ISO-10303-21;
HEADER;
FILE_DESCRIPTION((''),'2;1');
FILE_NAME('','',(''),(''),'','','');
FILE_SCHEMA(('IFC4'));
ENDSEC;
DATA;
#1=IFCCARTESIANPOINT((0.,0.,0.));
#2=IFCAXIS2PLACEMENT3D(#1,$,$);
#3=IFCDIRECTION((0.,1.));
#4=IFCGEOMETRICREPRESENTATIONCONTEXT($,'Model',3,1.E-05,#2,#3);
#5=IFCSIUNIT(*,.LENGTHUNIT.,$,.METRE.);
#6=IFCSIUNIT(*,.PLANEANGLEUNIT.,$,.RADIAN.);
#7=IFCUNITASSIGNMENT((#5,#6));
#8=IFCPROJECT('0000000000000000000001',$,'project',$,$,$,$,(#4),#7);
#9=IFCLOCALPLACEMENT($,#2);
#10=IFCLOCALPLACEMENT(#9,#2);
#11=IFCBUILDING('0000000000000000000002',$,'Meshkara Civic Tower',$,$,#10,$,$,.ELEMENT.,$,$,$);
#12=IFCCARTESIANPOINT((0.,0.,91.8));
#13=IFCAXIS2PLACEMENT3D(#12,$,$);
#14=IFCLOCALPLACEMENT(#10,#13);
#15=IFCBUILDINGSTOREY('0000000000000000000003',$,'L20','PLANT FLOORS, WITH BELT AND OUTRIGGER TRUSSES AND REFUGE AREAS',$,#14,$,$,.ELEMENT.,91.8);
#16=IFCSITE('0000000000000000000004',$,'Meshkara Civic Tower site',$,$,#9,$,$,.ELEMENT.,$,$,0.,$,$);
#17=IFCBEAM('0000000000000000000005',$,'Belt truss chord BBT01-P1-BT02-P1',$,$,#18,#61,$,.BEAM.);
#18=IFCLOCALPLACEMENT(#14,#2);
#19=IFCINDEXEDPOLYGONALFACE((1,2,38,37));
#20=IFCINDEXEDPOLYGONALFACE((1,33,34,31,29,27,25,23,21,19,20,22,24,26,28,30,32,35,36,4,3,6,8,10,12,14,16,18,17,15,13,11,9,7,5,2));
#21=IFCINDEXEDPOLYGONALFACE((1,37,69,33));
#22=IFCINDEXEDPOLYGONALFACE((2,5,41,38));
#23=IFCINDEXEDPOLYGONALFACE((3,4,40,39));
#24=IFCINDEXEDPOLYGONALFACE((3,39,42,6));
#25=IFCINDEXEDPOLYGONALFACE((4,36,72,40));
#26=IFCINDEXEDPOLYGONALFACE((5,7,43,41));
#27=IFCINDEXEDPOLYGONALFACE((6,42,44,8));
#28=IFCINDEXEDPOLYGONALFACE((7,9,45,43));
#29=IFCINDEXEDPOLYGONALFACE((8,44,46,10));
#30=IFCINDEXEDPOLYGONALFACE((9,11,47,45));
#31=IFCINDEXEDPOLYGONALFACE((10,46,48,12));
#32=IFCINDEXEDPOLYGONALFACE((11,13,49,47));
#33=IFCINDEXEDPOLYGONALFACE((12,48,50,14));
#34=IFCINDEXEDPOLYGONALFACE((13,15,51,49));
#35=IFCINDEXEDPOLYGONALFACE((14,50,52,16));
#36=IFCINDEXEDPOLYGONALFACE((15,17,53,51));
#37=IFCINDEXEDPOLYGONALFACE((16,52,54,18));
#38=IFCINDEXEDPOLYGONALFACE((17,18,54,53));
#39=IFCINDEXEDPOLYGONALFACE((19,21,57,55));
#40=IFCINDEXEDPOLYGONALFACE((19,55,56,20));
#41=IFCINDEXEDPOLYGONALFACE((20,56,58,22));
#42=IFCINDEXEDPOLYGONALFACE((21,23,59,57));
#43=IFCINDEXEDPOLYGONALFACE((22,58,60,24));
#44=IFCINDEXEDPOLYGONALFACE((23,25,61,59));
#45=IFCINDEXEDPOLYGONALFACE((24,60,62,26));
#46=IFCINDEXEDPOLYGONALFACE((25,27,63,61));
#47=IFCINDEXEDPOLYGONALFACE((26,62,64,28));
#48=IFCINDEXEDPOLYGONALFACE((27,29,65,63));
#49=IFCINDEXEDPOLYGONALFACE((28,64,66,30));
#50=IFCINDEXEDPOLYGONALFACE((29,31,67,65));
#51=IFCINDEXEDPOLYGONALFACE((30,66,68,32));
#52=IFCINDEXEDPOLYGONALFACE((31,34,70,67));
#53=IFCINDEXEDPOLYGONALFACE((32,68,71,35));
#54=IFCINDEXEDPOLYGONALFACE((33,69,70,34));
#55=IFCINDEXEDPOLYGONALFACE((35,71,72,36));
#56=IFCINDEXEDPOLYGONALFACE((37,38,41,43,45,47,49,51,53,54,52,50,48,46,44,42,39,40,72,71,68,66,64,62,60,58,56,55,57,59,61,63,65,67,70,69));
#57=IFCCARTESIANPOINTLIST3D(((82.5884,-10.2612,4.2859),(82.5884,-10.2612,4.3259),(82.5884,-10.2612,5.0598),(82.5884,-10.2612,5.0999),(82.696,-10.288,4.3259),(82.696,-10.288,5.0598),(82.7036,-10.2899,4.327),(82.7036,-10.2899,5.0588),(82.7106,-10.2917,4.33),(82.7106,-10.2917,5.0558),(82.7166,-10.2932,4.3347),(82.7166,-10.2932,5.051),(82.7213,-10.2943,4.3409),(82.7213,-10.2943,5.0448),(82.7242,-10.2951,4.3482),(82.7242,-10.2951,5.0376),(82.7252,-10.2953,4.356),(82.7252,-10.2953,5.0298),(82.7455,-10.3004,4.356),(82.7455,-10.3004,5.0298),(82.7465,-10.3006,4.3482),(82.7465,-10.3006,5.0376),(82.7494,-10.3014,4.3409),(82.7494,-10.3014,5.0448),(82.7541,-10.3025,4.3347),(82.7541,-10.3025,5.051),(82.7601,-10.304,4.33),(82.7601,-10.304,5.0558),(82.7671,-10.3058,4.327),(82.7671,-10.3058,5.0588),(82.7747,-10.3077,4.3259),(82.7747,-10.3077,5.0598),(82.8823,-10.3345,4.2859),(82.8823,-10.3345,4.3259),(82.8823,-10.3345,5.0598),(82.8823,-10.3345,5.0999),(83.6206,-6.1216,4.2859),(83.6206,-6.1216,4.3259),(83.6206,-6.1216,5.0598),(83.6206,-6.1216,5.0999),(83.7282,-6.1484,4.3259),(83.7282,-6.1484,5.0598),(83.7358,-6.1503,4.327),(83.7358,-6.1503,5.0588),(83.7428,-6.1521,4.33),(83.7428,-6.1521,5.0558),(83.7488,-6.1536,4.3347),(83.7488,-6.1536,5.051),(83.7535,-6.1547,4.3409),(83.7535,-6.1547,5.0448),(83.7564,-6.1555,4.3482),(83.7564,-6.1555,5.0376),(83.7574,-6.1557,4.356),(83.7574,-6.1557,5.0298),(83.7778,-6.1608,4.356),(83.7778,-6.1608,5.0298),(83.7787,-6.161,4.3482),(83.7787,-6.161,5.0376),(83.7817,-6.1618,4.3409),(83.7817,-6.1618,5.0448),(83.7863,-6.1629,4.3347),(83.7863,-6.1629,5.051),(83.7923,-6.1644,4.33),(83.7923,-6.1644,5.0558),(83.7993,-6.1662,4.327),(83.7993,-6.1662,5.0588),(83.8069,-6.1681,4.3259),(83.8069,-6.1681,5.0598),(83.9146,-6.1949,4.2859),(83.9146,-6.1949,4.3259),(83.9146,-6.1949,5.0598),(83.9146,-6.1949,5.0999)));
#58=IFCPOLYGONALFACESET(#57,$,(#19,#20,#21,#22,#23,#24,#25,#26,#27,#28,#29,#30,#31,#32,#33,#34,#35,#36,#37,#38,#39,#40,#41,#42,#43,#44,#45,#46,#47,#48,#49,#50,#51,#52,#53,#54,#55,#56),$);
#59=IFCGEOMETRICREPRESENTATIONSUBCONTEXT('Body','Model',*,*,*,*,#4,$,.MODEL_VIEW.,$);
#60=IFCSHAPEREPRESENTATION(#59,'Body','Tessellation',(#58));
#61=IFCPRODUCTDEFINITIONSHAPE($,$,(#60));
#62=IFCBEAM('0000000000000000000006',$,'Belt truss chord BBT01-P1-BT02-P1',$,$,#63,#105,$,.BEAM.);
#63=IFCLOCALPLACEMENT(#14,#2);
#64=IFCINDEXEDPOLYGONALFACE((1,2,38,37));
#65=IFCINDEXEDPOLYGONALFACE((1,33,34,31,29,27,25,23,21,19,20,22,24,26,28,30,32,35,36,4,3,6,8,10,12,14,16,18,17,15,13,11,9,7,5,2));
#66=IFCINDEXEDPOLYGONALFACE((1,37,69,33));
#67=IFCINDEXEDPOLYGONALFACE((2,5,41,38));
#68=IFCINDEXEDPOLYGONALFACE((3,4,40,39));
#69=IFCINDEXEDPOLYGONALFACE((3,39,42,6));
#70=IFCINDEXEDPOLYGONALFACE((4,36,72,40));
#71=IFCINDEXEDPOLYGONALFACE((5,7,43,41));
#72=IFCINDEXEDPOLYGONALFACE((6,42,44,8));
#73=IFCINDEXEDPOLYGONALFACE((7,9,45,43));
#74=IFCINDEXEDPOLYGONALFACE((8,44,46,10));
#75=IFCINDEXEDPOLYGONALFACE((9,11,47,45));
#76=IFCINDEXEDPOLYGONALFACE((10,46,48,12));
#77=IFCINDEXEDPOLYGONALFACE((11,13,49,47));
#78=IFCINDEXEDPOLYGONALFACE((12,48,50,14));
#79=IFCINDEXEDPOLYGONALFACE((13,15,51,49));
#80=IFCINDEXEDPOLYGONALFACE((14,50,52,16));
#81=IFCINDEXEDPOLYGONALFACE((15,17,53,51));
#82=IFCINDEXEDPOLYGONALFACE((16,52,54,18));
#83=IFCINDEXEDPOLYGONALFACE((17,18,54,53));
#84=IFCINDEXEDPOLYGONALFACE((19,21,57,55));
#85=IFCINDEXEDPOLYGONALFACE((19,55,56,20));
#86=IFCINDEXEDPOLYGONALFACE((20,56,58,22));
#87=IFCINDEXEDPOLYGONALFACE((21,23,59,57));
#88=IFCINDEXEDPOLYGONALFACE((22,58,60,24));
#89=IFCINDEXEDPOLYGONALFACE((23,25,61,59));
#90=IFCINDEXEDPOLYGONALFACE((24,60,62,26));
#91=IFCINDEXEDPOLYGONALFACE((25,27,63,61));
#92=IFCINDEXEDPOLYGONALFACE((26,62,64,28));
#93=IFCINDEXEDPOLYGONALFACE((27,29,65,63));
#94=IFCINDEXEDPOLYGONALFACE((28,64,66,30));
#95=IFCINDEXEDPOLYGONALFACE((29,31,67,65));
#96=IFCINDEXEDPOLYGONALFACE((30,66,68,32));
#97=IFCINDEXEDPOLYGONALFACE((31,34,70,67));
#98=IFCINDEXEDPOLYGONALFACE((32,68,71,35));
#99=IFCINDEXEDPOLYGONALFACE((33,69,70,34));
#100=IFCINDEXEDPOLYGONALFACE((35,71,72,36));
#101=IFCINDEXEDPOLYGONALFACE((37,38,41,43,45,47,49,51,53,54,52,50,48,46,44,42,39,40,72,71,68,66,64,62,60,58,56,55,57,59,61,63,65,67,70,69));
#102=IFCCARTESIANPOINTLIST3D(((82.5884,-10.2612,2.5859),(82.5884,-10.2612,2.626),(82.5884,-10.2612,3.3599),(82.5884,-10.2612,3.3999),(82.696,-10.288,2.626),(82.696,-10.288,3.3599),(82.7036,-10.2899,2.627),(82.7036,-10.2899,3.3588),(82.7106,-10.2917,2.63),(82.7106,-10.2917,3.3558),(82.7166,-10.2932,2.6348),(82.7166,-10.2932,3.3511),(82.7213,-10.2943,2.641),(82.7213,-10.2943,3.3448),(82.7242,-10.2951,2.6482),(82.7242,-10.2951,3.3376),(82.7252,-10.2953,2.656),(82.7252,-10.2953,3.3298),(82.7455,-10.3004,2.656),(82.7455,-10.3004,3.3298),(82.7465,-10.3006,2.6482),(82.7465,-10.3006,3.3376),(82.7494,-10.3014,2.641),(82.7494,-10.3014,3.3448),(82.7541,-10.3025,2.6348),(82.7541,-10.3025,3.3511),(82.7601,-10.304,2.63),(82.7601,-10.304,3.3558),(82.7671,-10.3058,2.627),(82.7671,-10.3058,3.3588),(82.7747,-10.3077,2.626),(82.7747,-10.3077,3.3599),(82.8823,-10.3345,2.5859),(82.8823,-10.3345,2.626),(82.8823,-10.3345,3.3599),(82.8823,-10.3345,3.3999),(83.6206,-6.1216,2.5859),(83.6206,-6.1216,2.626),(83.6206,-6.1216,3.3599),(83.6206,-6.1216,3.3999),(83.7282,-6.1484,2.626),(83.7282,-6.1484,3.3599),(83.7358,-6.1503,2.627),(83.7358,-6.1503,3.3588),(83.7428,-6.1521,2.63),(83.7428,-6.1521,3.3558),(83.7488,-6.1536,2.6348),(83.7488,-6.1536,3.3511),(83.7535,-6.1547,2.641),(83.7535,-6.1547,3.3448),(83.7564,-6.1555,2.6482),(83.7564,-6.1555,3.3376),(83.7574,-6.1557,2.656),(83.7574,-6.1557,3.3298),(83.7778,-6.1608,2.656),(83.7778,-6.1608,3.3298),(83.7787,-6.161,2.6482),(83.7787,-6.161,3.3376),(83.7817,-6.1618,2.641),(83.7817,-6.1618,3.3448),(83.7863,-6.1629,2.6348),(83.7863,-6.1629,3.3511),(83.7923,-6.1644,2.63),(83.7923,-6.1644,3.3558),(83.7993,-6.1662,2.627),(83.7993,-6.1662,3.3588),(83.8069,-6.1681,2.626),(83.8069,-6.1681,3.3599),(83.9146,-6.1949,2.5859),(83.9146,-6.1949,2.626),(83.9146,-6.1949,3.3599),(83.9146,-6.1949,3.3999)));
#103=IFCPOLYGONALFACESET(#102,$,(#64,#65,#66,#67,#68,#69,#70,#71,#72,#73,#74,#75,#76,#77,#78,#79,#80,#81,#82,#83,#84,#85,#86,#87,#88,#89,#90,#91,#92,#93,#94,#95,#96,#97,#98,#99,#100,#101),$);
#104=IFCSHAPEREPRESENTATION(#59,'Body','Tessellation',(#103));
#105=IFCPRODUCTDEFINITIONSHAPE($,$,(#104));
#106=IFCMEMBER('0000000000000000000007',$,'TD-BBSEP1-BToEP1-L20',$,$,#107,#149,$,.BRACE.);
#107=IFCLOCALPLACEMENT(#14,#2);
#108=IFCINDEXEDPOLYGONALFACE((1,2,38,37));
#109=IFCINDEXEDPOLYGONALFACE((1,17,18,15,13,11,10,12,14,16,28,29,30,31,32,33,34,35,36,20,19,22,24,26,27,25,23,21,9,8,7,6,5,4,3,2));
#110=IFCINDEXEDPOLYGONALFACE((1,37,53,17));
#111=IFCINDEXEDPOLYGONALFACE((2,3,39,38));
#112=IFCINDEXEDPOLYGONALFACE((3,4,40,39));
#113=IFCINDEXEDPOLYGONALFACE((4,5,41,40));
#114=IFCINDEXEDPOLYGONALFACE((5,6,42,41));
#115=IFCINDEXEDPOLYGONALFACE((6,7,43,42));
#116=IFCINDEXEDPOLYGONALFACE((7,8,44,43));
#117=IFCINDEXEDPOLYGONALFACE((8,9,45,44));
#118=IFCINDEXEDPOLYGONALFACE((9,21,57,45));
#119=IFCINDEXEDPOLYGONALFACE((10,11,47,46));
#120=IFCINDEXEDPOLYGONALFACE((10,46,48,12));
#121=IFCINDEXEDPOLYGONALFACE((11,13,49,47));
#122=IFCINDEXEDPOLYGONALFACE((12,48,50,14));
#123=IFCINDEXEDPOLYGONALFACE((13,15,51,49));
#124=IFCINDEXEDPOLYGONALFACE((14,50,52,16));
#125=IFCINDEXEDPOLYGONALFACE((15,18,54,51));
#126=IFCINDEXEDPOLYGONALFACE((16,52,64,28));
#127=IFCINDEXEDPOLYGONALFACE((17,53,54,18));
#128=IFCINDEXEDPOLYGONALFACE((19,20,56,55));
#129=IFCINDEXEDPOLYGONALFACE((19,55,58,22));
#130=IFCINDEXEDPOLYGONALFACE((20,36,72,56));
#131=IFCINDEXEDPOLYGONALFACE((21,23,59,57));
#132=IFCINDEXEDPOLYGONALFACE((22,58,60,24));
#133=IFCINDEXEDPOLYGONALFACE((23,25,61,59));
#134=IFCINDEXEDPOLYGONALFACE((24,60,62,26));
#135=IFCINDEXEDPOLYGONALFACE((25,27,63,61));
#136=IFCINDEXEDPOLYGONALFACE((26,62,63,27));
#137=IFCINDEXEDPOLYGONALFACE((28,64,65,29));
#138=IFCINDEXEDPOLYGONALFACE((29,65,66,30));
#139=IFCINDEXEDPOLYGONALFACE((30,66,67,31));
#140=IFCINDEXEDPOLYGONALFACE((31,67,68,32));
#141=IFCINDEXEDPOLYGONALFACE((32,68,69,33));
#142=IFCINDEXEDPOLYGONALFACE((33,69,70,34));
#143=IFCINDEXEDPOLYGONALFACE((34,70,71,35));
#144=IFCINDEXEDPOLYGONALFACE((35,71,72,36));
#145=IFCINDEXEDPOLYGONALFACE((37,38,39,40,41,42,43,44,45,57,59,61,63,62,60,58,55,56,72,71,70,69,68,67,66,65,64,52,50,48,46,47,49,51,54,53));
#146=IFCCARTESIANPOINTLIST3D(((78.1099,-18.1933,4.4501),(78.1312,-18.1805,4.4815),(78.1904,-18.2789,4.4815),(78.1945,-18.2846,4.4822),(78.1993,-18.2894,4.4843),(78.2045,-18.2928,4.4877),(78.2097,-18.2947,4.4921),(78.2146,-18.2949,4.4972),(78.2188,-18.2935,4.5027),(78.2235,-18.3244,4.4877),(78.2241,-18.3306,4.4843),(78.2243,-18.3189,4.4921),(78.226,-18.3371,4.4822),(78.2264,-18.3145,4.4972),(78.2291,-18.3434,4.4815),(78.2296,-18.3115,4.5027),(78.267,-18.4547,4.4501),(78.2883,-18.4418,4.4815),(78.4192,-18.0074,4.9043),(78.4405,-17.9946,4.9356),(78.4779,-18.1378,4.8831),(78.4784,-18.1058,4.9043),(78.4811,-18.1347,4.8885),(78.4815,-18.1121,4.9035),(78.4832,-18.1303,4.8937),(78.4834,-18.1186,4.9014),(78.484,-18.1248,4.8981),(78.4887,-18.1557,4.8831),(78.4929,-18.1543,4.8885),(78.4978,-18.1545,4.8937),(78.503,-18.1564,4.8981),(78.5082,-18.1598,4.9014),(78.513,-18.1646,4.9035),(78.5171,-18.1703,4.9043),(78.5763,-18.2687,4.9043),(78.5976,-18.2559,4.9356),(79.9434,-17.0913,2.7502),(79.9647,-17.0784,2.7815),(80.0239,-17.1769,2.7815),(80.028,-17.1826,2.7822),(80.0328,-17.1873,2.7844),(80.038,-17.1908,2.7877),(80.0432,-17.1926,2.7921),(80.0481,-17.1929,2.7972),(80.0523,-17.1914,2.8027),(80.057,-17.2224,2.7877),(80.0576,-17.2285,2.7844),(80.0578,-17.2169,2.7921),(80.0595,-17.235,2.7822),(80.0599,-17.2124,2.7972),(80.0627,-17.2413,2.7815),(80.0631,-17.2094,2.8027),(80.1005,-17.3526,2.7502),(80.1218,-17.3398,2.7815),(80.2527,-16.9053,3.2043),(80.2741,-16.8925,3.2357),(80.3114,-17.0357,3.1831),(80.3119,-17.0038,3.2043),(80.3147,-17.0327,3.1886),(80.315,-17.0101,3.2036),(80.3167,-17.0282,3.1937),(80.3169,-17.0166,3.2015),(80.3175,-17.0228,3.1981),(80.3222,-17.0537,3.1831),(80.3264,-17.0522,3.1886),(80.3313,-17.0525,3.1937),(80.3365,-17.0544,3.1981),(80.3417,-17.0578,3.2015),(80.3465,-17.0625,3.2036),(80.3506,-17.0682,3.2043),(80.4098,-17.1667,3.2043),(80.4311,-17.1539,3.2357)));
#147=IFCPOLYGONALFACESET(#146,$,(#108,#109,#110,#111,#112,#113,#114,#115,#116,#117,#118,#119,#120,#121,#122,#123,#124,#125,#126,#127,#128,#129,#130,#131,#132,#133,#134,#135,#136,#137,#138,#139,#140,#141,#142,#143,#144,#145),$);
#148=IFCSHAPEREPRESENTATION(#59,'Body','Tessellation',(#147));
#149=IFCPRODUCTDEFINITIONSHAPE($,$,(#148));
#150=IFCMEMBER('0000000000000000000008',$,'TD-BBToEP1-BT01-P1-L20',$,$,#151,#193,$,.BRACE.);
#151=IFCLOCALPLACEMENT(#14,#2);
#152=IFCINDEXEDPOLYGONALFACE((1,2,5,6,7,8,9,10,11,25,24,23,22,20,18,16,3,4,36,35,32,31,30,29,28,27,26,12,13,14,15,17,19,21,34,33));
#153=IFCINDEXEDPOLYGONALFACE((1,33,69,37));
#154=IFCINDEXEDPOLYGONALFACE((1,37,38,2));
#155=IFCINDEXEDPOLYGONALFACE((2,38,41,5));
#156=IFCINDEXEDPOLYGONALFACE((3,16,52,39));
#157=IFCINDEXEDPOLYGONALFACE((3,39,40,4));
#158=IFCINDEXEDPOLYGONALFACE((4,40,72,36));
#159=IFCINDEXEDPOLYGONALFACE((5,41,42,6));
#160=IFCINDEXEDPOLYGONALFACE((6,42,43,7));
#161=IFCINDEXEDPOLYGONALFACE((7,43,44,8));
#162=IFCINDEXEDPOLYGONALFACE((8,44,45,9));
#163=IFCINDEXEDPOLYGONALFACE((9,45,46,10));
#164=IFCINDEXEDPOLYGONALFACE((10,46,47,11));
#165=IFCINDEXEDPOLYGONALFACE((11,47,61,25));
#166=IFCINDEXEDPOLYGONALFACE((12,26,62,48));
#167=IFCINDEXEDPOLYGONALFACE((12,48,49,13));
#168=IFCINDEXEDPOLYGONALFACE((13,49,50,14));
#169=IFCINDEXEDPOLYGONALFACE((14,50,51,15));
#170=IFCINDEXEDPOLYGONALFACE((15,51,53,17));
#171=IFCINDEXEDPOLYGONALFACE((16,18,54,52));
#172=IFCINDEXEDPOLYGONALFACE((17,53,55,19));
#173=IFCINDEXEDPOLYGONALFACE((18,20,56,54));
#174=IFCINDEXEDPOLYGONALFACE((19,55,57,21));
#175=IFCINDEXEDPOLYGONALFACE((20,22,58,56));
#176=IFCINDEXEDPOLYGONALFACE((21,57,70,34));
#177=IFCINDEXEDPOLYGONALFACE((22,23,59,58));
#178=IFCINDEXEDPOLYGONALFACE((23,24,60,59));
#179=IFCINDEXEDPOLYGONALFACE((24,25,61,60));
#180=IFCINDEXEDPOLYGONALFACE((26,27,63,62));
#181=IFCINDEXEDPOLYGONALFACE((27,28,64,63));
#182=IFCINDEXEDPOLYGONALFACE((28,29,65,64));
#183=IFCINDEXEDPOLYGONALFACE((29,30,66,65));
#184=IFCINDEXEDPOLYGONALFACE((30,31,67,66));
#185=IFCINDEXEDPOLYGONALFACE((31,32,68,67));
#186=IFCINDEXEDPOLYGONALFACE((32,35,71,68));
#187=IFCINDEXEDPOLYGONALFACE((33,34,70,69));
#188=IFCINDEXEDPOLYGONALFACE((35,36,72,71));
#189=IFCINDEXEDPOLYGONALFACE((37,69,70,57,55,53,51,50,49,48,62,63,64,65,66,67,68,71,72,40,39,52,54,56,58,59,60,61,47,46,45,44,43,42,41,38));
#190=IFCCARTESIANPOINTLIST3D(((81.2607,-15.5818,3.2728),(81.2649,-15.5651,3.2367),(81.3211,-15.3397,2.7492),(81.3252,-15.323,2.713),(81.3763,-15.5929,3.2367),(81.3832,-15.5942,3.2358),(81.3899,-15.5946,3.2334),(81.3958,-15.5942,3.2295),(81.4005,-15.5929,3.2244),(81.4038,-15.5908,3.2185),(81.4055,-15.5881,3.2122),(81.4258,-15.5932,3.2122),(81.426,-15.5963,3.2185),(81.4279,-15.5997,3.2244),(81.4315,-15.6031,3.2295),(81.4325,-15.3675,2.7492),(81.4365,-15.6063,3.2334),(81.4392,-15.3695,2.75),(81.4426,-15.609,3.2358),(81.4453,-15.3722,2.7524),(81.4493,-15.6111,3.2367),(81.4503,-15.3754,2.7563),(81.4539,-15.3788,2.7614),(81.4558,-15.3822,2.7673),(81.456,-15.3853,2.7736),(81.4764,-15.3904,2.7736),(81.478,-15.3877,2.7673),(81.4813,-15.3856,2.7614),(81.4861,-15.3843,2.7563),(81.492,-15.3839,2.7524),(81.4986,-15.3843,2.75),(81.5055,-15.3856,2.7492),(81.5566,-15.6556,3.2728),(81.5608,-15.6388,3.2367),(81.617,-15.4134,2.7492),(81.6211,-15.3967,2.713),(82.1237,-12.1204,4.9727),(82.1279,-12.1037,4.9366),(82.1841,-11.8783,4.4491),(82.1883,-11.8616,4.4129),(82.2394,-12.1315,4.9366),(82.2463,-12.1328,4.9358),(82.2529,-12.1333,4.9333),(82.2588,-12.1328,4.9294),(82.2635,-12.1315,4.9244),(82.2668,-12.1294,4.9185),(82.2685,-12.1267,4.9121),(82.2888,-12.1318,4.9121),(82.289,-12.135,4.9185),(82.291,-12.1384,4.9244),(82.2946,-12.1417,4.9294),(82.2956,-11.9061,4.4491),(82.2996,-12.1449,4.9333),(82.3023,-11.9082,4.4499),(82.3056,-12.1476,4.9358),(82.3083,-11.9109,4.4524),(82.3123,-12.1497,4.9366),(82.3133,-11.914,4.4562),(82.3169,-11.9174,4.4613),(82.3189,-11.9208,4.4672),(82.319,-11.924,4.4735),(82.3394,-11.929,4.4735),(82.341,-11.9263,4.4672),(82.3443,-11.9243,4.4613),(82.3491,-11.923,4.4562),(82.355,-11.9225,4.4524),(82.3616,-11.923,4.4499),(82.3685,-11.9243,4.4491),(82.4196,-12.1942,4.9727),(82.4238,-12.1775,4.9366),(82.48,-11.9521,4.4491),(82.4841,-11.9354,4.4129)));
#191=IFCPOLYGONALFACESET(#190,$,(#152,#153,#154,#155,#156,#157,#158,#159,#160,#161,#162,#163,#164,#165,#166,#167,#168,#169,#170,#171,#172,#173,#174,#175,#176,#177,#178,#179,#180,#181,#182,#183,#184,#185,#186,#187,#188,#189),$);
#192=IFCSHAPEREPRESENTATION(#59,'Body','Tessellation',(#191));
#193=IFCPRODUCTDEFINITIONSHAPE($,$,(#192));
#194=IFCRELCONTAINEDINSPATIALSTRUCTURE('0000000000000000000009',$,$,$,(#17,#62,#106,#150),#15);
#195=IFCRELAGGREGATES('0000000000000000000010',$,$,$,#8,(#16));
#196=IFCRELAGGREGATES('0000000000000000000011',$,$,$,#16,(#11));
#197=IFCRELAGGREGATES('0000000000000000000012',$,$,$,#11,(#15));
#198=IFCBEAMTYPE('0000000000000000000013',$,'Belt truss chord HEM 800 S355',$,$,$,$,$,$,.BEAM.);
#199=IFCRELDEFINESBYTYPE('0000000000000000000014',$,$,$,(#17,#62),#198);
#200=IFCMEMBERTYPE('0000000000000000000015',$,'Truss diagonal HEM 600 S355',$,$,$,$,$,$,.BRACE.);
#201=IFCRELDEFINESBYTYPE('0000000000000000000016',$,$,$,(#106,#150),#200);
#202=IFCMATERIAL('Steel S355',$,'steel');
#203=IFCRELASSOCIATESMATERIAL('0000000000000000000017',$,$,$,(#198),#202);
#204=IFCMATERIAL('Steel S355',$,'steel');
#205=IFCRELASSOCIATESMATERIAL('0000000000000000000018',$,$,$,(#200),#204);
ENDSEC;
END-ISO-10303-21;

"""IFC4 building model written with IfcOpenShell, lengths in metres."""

from ifc_helpers import new_model, si_unit, direction, frame, origin, origin_2d, place, context, subcontext, project, spatial, i_section, extrude, material, material_profile, profile_set, type_object, element, save


model = new_model("IFC4")

# Units and contexts
model_context = context("Model", 3, precision=1e-05, world=origin(), true_north=direction((0.0, 1.0)))
body_context = subcontext(model_context, "Body", "Model", "MODEL_VIEW")
ifc_project = project(units=[si_unit("LENGTHUNIT", "METRE"), si_unit("PLANEANGLEUNIT", "RADIAN")], contexts=[model_context])

# Site, building, storey
site_placement = place(None, origin())
site = spatial("IfcSite", under=ifc_project, at=site_placement, Name="Meshkara Civic Tower site", CompositionType="ELEMENT", RefElevation=0.0)
building_placement = place(site_placement, origin())
building = spatial("IfcBuilding", under=site, at=building_placement, Name="Meshkara Civic Tower", CompositionType="ELEMENT")
storey_placement = place(building_placement, frame((0.0, 0.0, 91.8)))
storey = spatial("IfcBuildingStorey", under=building, at=storey_placement, Name="L20", Description="PLANT FLOORS, WITH BELT AND OUTRIGGER TRUSSES AND REFUGE AREAS", CompositionType="ELEMENT", Elevation=91.8)

# Beams
ifc_material_1 = material(Name="Steel S355", Category="steel")
ifc_material_profile_1 = material_profile(ifc_material_1, i_section(OverallWidth=0.303, OverallDepth=0.814, WebThickness=0.021, FlangeThickness=0.04, FilletRadius=0.03, at=origin_2d()))
ifc_profile_set_1 = profile_set([ifc_material_profile_1], Name="Steel S355")
beam_type = type_object("IfcBeamType", Name="Belt truss chord HEM 800 S355", PredefinedType="BEAM", material=ifc_profile_set_1)
for number, where, z_axis, x_axis, name in (
    (1, (82.7354, -10.2979, 4.6929), (0.241943, 0.97029, 0.0), (-0.97029, 0.241943, 0.0), "Belt truss chord BBT01-P1-BT02-P1"),
    (2, (82.7354, -10.2979, 2.9929), (0.241943, 0.97029, 0.0), (-0.97029, 0.241943, 0.0), "Belt truss chord BBT01-P1-BT02-P1"),
):
    element("IfcBeam", number, at=place(storey_placement, frame(where, z_axis=z_axis, x_axis=x_axis)), inside=storey, type_object=beam_type, Name=name, PredefinedType="BEAM", context=body_context, shape_type="SweptSolid", body=[
        extrude(i_section(OverallWidth=0.303, OverallDepth=0.814, WebThickness=0.021, FlangeThickness=0.04, FilletRadius=0.03, at=origin_2d()), origin(), (0.0, 0.0, 1.0), 4.2664),
    ])

# Members
ifc_material_2 = material(Name="Steel S355", Category="steel")
ifc_material_profile_2 = material_profile(ifc_material_2, i_section(OverallWidth=0.3049, OverallDepth=0.6201, WebThickness=0.021, FlangeThickness=0.04, FilletRadius=0.0271, at=origin_2d()))
ifc_profile_set_2 = profile_set([ifc_material_profile_2], Name="Steel S355")
member_type = type_object("IfcMemberType", Name="Truss diagonal HEM 600 S355", PredefinedType="BRACE", material=ifc_profile_set_2)
member_1_placement = place(storey_placement, frame((78.3538, -18.2246, 4.6929), z_axis=(0.671018, 0.403326, -0.622144), x_axis=(-0.515167, 0.85709, 0.0)))
element("IfcMember", 3, at=member_1_placement, inside=storey, type_object=member_type, Name="TD-BBSEP1-BToEP1-L20", PredefinedType="BRACE", context=body_context, shape_type="SweptSolid", body=[
    extrude(i_section(OverallWidth=0.3049, OverallDepth=0.6201, WebThickness=0.021, FlangeThickness=0.04, FilletRadius=0.0271, at=origin_2d()), origin(), (0.0, 0.0, 1.0), 2.7324),
])
member_2_placement = place(storey_placement, frame((81.4409, -15.4893, 2.9929), z_axis=(0.218395, 0.875928, 0.430179), x_axis=(-0.970295, 0.241924, 0.0)))
element("IfcMember", 4, at=member_2_placement, inside=storey, type_object=member_type, Name="TD-BBToEP1-BT01-P1-L20", PredefinedType="BRACE", context=body_context, shape_type="SweptSolid", body=[
    extrude(i_section(OverallWidth=0.3049, OverallDepth=0.6201, WebThickness=0.021, FlangeThickness=0.04, FilletRadius=0.0271, at=origin_2d()), origin(), (0.0, 0.0, 1.0), 3.9517),
])

save(model, "model.ifc")
